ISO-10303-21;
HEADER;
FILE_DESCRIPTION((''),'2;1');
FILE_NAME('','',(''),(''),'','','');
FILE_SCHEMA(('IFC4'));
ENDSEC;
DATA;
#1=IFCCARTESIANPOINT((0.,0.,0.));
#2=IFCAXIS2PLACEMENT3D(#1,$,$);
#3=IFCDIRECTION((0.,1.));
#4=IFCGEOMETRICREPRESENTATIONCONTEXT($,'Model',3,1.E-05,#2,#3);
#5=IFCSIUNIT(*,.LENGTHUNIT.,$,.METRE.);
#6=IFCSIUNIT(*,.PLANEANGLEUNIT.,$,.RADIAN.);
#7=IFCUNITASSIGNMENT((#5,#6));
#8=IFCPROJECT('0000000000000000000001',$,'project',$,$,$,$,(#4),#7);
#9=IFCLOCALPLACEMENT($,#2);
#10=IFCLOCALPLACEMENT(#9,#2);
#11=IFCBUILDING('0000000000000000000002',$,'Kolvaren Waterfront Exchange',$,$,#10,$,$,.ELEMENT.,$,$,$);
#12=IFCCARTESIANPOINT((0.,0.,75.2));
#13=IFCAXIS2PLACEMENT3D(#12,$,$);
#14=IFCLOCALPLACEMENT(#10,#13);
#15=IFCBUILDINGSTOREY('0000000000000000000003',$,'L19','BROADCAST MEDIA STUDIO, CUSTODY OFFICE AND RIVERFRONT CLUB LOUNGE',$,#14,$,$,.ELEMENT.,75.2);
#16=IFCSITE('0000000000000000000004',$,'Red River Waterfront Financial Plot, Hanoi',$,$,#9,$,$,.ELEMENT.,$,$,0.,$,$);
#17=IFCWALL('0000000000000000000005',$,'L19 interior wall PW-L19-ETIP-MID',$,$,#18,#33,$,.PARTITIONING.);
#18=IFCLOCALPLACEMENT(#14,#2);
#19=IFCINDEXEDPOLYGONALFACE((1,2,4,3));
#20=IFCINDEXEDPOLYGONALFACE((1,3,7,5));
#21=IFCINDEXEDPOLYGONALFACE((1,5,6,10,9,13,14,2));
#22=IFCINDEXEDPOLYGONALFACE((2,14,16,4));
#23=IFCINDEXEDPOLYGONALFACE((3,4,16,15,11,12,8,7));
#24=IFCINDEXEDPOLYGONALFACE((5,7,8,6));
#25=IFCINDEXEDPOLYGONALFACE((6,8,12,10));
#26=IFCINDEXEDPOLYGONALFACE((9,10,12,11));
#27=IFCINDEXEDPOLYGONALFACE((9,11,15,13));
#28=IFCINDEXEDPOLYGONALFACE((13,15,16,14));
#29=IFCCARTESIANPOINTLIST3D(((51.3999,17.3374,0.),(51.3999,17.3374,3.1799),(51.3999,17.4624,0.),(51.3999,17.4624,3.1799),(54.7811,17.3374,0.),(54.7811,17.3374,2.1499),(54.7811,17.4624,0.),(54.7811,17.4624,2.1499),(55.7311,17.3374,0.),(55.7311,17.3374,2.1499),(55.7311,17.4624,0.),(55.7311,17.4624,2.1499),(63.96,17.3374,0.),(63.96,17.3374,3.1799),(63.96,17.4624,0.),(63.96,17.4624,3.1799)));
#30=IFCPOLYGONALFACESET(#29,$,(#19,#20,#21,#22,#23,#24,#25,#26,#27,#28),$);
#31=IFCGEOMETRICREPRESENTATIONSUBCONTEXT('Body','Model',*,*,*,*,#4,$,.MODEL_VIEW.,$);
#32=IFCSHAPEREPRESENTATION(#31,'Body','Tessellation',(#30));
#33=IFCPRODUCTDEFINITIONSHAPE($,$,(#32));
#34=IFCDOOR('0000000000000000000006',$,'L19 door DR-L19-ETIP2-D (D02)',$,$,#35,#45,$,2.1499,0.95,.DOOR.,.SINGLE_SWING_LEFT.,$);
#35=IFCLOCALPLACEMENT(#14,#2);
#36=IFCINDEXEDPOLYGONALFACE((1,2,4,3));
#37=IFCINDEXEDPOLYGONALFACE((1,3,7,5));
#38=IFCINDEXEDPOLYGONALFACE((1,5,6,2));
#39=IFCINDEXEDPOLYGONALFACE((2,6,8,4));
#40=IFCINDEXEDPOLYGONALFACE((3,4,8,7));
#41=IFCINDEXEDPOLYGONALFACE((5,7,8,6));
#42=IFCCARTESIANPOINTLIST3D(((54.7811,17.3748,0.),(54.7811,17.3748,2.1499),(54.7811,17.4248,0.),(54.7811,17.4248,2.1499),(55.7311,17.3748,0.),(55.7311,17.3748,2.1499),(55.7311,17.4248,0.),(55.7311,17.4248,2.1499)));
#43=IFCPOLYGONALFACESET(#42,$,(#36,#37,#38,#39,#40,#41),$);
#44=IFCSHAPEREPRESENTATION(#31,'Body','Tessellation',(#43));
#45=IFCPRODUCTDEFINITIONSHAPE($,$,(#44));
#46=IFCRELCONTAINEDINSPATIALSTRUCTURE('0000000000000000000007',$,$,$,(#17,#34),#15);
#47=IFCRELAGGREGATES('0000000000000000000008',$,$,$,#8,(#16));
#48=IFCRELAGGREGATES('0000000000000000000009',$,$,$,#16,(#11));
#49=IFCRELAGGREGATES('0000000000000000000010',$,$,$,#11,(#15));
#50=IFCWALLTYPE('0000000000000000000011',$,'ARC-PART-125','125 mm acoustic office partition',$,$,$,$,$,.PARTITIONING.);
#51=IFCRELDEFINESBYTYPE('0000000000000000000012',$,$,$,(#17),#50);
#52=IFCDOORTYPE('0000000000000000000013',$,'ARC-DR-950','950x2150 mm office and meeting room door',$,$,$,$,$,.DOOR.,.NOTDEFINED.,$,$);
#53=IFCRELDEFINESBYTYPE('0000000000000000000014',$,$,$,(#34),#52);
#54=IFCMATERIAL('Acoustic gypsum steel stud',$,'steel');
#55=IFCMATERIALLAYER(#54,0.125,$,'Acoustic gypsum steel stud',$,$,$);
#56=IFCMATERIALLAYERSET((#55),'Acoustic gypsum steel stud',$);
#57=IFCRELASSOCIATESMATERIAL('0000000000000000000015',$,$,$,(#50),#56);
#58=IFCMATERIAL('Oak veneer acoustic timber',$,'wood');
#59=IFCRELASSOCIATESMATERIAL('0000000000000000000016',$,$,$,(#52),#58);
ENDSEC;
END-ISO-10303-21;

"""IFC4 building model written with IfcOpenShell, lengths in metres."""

from ifc_helpers import new_model, si_unit, direction, frame, frame_2d, origin, place, context, subcontext, project, spatial, rectangle, extrude, material, layer, layer_set, type_object, element, fill, save


model = new_model("IFC4")

# Units and contexts
model_context = context("Model", 3, precision=1e-05, world=origin(), true_north=direction((0.0, 1.0)))
body_context = subcontext(model_context, "Body", "Model", "MODEL_VIEW")
ifc_project = project(units=[si_unit("LENGTHUNIT", "METRE"), si_unit("PLANEANGLEUNIT", "RADIAN")], contexts=[model_context])

# Site, building, storey
site_placement = place(None, origin())
site = spatial("IfcSite", under=ifc_project, at=site_placement, Name="Red River Waterfront Financial Plot, Hanoi", CompositionType="ELEMENT", RefElevation=0.0)
building_placement = place(site_placement, origin())
building = spatial("IfcBuilding", under=site, at=building_placement, Name="Kolvaren Waterfront Exchange", CompositionType="ELEMENT")
storey_placement = place(building_placement, frame((0.0, 0.0, 75.2)))
storey = spatial("IfcBuildingStorey", under=building, at=storey_placement, Name="L19", Description="BROADCAST MEDIA STUDIO, CUSTODY OFFICE AND RIVERFRONT CLUB LOUNGE", CompositionType="ELEMENT", Elevation=75.2)

# Wall, opening, door
ifc_material_1 = material(Name="Acoustic gypsum steel stud", Category="steel")
ifc_layer_1 = layer(ifc_material_1, 0.125, Name="Acoustic gypsum steel stud")
ifc_layer_set_1 = layer_set([ifc_layer_1], Name="Acoustic gypsum steel stud")
wall_type_1 = type_object("IfcWallType", Name="ARC-PART-125", Description="125 mm acoustic office partition", PredefinedType="PARTITIONING", material=ifc_layer_set_1)
wall_1_placement = place(storey_placement, frame((51.3999, 17.3999, 0.0), z_axis=(0.0, 0.0, 1.0), x_axis=(1.0, 0.0, 0.0)))
wall_1 = element("IfcWall", 1, at=wall_1_placement, inside=storey, type_object=wall_type_1, Name="L19 interior wall PW-L19-ETIP-MID", PredefinedType="PARTITIONING", context=body_context, shape_type="SweptSolid", body=[
    extrude(rectangle(XDim=12.5601, YDim=0.125, at=frame_2d((6.28, 0.0))), origin(), (0.0, 0.0, 1.0), 3.1799),
])
opening_placement = place(wall_1_placement, frame((3.3811, 0.0, 0.0)))
opening = element("IfcOpeningElement", 2, at=opening_placement, cuts=wall_1, PredefinedType="OPENING", context=body_context, shape_type="SweptSolid", body=[
    extrude(rectangle(XDim=0.95, YDim=2.1499, at=frame_2d((0.4751, 1.075))), frame((0.0, 0.0725, 0.0), z_axis=(0.0, -1.0, 0.0), x_axis=(1.0, 0.0, 0.0)), (0.0, 0.0, 1.0), 0.145),
])
ifc_material_2 = material(Name="Oak veneer acoustic timber", Category="wood")
door_type = type_object("IfcDoorType", Name="ARC-DR-950", Description="950x2150 mm office and meeting room door", OperationType="NOTDEFINED", PredefinedType="DOOR", material=ifc_material_2)
door_placement = place(opening_placement, origin())
door = element("IfcDoor", 3, at=door_placement, inside=storey, type_object=door_type, Name="L19 door DR-L19-ETIP2-D (D02)", OperationType="SINGLE_SWING_LEFT", OverallHeight=2.1499, OverallWidth=0.95, PredefinedType="DOOR", context=body_context, shape_type="SweptSolid", body=[
    extrude(rectangle(XDim=0.95, YDim=2.1499, at=frame_2d((0.4751, 1.075))), frame((0.0, 0.0249, 0.0), z_axis=(0.0, -1.0, 0.0), x_axis=(1.0, 0.0, 0.0)), (0.0, 0.0, 1.0), 0.05),
])
fill(opening, door)

save(model, "model.ifc")
